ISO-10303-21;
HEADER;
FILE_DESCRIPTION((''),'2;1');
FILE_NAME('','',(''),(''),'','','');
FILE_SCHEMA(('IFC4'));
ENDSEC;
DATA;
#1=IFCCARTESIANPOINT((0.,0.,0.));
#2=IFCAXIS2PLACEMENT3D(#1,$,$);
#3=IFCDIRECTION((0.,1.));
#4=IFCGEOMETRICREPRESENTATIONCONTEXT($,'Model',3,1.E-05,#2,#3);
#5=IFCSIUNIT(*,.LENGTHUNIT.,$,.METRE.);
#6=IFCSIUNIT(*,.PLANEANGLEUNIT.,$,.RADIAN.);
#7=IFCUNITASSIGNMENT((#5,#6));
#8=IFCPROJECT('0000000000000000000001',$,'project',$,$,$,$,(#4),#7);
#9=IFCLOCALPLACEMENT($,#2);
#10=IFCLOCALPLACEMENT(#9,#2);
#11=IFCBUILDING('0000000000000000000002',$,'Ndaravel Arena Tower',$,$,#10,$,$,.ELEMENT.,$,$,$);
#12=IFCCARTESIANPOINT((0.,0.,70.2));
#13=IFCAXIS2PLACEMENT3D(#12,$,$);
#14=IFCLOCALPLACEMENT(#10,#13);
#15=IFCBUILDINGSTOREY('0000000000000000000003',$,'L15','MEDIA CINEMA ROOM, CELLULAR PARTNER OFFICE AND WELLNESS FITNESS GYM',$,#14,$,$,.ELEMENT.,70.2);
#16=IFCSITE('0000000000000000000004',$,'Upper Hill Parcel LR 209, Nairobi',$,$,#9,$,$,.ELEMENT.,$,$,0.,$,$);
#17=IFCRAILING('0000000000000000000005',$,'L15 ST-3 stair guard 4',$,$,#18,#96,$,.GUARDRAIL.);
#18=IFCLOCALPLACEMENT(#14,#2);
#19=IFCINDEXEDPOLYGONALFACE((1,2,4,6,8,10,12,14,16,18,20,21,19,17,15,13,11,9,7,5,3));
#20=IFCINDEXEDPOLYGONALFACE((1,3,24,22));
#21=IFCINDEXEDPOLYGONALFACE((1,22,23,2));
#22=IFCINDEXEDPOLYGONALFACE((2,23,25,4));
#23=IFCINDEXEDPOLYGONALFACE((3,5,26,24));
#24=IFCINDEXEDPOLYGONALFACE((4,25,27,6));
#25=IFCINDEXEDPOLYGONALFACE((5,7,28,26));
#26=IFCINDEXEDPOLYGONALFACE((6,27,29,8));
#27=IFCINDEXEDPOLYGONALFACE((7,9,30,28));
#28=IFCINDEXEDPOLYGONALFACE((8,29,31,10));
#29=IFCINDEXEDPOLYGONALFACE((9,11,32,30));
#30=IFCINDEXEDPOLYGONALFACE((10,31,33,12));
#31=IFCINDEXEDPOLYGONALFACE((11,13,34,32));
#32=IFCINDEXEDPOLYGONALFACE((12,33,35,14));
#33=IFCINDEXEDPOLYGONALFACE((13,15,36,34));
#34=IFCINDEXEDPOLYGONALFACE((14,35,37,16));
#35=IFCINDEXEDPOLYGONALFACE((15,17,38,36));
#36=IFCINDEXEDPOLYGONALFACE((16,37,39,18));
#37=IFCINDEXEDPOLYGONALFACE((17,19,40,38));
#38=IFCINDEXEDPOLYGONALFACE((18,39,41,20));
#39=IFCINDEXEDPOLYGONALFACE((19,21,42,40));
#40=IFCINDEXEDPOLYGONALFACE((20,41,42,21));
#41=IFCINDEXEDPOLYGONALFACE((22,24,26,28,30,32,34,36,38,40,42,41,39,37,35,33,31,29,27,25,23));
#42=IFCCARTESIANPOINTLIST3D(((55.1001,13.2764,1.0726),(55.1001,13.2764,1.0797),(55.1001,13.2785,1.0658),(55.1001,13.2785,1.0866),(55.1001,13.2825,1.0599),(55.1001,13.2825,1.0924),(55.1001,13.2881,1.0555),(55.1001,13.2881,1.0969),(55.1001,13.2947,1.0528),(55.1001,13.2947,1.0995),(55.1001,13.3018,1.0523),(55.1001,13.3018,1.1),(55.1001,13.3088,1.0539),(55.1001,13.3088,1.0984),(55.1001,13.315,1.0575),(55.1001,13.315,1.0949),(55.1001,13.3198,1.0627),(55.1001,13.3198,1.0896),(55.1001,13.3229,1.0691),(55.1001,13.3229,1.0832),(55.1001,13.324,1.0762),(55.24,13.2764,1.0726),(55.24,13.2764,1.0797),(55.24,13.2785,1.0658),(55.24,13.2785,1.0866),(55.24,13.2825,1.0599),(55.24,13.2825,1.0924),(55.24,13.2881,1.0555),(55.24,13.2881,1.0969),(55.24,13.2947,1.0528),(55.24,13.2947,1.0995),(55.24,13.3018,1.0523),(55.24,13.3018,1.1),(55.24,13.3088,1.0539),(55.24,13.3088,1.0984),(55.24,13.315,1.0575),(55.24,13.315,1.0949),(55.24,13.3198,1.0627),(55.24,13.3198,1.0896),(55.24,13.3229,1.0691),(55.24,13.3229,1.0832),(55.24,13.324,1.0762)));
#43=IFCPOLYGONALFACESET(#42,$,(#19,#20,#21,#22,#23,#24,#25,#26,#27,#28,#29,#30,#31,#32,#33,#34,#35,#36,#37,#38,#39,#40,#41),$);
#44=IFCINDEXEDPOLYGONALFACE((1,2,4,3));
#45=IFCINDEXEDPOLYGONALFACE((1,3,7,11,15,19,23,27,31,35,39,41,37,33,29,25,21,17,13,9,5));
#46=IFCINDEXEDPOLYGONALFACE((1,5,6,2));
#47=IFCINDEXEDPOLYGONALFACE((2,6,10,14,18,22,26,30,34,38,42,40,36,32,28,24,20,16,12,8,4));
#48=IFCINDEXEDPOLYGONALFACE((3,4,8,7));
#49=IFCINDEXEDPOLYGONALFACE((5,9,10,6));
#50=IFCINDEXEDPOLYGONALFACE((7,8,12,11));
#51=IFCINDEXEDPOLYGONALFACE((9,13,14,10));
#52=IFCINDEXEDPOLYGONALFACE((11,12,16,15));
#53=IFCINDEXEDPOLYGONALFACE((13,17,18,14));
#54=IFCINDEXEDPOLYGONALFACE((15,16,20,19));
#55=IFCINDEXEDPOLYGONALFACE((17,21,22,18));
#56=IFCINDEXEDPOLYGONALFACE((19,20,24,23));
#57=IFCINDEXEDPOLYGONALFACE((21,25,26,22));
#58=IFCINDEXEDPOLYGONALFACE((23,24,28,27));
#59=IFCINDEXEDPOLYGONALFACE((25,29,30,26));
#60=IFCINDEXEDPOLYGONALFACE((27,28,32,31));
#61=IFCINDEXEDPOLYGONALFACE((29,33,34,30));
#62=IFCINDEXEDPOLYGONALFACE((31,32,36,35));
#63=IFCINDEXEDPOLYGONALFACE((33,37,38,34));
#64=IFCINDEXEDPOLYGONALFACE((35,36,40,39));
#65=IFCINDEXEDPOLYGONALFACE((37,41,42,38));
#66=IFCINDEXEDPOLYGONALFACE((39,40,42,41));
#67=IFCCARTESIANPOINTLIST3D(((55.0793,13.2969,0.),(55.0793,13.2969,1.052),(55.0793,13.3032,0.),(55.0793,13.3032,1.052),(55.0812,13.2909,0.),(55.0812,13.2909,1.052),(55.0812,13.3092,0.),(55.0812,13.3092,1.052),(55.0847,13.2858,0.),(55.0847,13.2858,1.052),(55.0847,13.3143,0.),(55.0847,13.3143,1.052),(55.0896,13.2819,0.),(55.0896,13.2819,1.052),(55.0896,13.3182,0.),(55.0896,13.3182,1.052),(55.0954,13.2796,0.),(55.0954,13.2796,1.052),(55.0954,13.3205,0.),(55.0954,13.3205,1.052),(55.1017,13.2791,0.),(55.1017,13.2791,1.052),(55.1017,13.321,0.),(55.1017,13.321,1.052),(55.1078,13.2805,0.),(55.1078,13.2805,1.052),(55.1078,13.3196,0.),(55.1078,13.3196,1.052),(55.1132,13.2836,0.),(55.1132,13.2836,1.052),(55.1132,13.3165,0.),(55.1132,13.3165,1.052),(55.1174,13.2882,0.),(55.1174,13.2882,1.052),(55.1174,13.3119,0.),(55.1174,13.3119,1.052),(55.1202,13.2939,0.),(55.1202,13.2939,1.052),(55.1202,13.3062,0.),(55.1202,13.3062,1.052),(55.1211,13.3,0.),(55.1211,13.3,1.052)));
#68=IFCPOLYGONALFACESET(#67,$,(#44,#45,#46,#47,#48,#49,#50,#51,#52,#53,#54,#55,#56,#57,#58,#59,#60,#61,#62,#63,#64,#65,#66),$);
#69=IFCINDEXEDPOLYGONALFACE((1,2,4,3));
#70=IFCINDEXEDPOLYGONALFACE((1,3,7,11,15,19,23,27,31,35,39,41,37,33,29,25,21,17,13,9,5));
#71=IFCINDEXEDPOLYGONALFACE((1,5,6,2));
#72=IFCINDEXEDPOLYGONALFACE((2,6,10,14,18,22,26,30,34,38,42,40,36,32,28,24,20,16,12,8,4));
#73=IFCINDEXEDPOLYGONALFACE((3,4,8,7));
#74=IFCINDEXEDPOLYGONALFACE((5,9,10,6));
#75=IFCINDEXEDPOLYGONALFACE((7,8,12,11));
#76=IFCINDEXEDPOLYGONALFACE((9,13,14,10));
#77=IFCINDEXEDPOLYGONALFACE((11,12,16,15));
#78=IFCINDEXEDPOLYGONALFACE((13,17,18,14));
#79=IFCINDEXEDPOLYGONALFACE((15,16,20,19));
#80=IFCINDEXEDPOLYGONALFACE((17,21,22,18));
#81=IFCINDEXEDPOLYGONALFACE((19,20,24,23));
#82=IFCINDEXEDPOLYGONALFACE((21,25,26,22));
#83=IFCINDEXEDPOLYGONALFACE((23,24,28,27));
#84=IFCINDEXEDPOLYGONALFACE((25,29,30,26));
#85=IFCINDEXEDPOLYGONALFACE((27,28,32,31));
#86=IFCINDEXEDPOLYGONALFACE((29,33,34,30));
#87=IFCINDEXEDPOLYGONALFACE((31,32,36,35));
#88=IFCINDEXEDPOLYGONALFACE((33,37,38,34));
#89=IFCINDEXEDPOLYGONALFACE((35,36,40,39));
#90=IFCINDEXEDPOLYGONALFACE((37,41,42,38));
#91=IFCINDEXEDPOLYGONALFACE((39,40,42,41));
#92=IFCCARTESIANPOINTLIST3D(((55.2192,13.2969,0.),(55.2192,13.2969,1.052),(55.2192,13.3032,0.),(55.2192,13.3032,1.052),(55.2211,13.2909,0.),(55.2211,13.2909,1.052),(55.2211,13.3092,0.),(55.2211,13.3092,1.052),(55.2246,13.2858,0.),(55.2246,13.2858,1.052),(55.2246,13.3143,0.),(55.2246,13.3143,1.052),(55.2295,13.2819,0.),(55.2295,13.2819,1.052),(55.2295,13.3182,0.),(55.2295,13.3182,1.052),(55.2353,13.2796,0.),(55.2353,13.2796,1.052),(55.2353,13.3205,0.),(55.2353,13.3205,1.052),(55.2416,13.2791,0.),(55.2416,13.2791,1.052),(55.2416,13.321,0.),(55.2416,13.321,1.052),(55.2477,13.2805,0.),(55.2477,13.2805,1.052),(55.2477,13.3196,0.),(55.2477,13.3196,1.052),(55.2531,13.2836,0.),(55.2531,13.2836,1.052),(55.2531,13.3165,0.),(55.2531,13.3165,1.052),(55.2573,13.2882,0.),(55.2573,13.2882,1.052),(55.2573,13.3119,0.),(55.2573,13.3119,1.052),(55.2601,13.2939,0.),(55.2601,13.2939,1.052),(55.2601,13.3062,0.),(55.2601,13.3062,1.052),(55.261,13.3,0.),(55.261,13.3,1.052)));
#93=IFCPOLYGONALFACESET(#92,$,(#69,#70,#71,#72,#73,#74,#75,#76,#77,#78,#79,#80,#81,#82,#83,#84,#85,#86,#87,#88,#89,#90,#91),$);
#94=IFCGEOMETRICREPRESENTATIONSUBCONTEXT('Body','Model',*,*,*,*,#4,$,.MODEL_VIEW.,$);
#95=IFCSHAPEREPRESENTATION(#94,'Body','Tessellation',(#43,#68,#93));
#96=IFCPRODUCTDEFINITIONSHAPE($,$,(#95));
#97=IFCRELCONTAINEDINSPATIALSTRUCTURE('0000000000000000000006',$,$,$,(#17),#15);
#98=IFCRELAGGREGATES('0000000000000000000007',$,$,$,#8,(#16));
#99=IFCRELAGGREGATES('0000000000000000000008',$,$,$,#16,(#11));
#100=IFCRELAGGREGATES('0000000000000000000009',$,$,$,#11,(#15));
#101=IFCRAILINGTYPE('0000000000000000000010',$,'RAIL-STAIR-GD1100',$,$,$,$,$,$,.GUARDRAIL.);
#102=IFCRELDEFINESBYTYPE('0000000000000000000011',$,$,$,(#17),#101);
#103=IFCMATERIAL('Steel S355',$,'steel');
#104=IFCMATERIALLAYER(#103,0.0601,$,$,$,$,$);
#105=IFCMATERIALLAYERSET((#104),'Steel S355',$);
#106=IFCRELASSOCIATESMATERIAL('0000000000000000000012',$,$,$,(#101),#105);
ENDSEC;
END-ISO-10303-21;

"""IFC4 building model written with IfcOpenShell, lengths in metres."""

from ifc_helpers import new_model, si_unit, direction, frame, origin, origin_2d, place, context, subcontext, project, spatial, circle, extrude, material, layer, layer_set, type_object, element, save


model = new_model("IFC4")

# Units and contexts
model_context = context("Model", 3, precision=1e-05, world=origin(), true_north=direction((0.0, 1.0)))
body_context = subcontext(model_context, "Body", "Model", "MODEL_VIEW")
ifc_project = project(units=[si_unit("LENGTHUNIT", "METRE"), si_unit("PLANEANGLEUNIT", "RADIAN")], contexts=[model_context])

# Site, building, storey
site_placement = place(None, origin())
site = spatial("IfcSite", under=ifc_project, at=site_placement, Name="Upper Hill Parcel LR 209, Nairobi", CompositionType="ELEMENT", RefElevation=0.0)
building_placement = place(site_placement, origin())
building = spatial("IfcBuilding", under=site, at=building_placement, Name="Ndaravel Arena Tower", CompositionType="ELEMENT")
storey_placement = place(building_placement, frame((0.0, 0.0, 70.2)))
storey = spatial("IfcBuildingStorey", under=building, at=storey_placement, Name="L15", Description="MEDIA CINEMA ROOM, CELLULAR PARTNER OFFICE AND WELLNESS FITNESS GYM", CompositionType="ELEMENT", Elevation=70.2)

# Railing
ifc_material_1 = material(Name="Steel S355", Category="steel")
ifc_layer_1 = layer(ifc_material_1, 0.0601)
ifc_layer_set_1 = layer_set([ifc_layer_1], Name="Steel S355")
railing_type_1 = type_object("IfcRailingType", Name="RAIL-STAIR-GD1100", PredefinedType="GUARDRAIL", material=ifc_layer_set_1)
railing_1_placement = place(storey_placement, frame((55.1001, 13.3, 0.0)))
element("IfcRailing", 1, at=railing_1_placement, inside=storey, type_object=railing_type_1, Name="L15 ST-3 stair guard 4", PredefinedType="GUARDRAIL", context=body_context, shape_type="SweptSolid", body=[
    extrude(circle(Radius=0.0239, at=origin_2d()), frame((0.0, 0.0, 1.0762), z_axis=(1.0, 0.0, 0.0), x_axis=(0.0, 1.0, 0.0)), (0.0, 0.0, 1.0), 0.1399),
    extrude(circle(Radius=0.021, at=origin_2d()), origin(), (0.0, 0.0, 1.0), 1.052),
    extrude(circle(Radius=0.021, at=origin_2d()), frame((0.1399, 0.0, 0.0)), (0.0, 0.0, 1.0), 1.052),
])

save(model, "model.ifc")
